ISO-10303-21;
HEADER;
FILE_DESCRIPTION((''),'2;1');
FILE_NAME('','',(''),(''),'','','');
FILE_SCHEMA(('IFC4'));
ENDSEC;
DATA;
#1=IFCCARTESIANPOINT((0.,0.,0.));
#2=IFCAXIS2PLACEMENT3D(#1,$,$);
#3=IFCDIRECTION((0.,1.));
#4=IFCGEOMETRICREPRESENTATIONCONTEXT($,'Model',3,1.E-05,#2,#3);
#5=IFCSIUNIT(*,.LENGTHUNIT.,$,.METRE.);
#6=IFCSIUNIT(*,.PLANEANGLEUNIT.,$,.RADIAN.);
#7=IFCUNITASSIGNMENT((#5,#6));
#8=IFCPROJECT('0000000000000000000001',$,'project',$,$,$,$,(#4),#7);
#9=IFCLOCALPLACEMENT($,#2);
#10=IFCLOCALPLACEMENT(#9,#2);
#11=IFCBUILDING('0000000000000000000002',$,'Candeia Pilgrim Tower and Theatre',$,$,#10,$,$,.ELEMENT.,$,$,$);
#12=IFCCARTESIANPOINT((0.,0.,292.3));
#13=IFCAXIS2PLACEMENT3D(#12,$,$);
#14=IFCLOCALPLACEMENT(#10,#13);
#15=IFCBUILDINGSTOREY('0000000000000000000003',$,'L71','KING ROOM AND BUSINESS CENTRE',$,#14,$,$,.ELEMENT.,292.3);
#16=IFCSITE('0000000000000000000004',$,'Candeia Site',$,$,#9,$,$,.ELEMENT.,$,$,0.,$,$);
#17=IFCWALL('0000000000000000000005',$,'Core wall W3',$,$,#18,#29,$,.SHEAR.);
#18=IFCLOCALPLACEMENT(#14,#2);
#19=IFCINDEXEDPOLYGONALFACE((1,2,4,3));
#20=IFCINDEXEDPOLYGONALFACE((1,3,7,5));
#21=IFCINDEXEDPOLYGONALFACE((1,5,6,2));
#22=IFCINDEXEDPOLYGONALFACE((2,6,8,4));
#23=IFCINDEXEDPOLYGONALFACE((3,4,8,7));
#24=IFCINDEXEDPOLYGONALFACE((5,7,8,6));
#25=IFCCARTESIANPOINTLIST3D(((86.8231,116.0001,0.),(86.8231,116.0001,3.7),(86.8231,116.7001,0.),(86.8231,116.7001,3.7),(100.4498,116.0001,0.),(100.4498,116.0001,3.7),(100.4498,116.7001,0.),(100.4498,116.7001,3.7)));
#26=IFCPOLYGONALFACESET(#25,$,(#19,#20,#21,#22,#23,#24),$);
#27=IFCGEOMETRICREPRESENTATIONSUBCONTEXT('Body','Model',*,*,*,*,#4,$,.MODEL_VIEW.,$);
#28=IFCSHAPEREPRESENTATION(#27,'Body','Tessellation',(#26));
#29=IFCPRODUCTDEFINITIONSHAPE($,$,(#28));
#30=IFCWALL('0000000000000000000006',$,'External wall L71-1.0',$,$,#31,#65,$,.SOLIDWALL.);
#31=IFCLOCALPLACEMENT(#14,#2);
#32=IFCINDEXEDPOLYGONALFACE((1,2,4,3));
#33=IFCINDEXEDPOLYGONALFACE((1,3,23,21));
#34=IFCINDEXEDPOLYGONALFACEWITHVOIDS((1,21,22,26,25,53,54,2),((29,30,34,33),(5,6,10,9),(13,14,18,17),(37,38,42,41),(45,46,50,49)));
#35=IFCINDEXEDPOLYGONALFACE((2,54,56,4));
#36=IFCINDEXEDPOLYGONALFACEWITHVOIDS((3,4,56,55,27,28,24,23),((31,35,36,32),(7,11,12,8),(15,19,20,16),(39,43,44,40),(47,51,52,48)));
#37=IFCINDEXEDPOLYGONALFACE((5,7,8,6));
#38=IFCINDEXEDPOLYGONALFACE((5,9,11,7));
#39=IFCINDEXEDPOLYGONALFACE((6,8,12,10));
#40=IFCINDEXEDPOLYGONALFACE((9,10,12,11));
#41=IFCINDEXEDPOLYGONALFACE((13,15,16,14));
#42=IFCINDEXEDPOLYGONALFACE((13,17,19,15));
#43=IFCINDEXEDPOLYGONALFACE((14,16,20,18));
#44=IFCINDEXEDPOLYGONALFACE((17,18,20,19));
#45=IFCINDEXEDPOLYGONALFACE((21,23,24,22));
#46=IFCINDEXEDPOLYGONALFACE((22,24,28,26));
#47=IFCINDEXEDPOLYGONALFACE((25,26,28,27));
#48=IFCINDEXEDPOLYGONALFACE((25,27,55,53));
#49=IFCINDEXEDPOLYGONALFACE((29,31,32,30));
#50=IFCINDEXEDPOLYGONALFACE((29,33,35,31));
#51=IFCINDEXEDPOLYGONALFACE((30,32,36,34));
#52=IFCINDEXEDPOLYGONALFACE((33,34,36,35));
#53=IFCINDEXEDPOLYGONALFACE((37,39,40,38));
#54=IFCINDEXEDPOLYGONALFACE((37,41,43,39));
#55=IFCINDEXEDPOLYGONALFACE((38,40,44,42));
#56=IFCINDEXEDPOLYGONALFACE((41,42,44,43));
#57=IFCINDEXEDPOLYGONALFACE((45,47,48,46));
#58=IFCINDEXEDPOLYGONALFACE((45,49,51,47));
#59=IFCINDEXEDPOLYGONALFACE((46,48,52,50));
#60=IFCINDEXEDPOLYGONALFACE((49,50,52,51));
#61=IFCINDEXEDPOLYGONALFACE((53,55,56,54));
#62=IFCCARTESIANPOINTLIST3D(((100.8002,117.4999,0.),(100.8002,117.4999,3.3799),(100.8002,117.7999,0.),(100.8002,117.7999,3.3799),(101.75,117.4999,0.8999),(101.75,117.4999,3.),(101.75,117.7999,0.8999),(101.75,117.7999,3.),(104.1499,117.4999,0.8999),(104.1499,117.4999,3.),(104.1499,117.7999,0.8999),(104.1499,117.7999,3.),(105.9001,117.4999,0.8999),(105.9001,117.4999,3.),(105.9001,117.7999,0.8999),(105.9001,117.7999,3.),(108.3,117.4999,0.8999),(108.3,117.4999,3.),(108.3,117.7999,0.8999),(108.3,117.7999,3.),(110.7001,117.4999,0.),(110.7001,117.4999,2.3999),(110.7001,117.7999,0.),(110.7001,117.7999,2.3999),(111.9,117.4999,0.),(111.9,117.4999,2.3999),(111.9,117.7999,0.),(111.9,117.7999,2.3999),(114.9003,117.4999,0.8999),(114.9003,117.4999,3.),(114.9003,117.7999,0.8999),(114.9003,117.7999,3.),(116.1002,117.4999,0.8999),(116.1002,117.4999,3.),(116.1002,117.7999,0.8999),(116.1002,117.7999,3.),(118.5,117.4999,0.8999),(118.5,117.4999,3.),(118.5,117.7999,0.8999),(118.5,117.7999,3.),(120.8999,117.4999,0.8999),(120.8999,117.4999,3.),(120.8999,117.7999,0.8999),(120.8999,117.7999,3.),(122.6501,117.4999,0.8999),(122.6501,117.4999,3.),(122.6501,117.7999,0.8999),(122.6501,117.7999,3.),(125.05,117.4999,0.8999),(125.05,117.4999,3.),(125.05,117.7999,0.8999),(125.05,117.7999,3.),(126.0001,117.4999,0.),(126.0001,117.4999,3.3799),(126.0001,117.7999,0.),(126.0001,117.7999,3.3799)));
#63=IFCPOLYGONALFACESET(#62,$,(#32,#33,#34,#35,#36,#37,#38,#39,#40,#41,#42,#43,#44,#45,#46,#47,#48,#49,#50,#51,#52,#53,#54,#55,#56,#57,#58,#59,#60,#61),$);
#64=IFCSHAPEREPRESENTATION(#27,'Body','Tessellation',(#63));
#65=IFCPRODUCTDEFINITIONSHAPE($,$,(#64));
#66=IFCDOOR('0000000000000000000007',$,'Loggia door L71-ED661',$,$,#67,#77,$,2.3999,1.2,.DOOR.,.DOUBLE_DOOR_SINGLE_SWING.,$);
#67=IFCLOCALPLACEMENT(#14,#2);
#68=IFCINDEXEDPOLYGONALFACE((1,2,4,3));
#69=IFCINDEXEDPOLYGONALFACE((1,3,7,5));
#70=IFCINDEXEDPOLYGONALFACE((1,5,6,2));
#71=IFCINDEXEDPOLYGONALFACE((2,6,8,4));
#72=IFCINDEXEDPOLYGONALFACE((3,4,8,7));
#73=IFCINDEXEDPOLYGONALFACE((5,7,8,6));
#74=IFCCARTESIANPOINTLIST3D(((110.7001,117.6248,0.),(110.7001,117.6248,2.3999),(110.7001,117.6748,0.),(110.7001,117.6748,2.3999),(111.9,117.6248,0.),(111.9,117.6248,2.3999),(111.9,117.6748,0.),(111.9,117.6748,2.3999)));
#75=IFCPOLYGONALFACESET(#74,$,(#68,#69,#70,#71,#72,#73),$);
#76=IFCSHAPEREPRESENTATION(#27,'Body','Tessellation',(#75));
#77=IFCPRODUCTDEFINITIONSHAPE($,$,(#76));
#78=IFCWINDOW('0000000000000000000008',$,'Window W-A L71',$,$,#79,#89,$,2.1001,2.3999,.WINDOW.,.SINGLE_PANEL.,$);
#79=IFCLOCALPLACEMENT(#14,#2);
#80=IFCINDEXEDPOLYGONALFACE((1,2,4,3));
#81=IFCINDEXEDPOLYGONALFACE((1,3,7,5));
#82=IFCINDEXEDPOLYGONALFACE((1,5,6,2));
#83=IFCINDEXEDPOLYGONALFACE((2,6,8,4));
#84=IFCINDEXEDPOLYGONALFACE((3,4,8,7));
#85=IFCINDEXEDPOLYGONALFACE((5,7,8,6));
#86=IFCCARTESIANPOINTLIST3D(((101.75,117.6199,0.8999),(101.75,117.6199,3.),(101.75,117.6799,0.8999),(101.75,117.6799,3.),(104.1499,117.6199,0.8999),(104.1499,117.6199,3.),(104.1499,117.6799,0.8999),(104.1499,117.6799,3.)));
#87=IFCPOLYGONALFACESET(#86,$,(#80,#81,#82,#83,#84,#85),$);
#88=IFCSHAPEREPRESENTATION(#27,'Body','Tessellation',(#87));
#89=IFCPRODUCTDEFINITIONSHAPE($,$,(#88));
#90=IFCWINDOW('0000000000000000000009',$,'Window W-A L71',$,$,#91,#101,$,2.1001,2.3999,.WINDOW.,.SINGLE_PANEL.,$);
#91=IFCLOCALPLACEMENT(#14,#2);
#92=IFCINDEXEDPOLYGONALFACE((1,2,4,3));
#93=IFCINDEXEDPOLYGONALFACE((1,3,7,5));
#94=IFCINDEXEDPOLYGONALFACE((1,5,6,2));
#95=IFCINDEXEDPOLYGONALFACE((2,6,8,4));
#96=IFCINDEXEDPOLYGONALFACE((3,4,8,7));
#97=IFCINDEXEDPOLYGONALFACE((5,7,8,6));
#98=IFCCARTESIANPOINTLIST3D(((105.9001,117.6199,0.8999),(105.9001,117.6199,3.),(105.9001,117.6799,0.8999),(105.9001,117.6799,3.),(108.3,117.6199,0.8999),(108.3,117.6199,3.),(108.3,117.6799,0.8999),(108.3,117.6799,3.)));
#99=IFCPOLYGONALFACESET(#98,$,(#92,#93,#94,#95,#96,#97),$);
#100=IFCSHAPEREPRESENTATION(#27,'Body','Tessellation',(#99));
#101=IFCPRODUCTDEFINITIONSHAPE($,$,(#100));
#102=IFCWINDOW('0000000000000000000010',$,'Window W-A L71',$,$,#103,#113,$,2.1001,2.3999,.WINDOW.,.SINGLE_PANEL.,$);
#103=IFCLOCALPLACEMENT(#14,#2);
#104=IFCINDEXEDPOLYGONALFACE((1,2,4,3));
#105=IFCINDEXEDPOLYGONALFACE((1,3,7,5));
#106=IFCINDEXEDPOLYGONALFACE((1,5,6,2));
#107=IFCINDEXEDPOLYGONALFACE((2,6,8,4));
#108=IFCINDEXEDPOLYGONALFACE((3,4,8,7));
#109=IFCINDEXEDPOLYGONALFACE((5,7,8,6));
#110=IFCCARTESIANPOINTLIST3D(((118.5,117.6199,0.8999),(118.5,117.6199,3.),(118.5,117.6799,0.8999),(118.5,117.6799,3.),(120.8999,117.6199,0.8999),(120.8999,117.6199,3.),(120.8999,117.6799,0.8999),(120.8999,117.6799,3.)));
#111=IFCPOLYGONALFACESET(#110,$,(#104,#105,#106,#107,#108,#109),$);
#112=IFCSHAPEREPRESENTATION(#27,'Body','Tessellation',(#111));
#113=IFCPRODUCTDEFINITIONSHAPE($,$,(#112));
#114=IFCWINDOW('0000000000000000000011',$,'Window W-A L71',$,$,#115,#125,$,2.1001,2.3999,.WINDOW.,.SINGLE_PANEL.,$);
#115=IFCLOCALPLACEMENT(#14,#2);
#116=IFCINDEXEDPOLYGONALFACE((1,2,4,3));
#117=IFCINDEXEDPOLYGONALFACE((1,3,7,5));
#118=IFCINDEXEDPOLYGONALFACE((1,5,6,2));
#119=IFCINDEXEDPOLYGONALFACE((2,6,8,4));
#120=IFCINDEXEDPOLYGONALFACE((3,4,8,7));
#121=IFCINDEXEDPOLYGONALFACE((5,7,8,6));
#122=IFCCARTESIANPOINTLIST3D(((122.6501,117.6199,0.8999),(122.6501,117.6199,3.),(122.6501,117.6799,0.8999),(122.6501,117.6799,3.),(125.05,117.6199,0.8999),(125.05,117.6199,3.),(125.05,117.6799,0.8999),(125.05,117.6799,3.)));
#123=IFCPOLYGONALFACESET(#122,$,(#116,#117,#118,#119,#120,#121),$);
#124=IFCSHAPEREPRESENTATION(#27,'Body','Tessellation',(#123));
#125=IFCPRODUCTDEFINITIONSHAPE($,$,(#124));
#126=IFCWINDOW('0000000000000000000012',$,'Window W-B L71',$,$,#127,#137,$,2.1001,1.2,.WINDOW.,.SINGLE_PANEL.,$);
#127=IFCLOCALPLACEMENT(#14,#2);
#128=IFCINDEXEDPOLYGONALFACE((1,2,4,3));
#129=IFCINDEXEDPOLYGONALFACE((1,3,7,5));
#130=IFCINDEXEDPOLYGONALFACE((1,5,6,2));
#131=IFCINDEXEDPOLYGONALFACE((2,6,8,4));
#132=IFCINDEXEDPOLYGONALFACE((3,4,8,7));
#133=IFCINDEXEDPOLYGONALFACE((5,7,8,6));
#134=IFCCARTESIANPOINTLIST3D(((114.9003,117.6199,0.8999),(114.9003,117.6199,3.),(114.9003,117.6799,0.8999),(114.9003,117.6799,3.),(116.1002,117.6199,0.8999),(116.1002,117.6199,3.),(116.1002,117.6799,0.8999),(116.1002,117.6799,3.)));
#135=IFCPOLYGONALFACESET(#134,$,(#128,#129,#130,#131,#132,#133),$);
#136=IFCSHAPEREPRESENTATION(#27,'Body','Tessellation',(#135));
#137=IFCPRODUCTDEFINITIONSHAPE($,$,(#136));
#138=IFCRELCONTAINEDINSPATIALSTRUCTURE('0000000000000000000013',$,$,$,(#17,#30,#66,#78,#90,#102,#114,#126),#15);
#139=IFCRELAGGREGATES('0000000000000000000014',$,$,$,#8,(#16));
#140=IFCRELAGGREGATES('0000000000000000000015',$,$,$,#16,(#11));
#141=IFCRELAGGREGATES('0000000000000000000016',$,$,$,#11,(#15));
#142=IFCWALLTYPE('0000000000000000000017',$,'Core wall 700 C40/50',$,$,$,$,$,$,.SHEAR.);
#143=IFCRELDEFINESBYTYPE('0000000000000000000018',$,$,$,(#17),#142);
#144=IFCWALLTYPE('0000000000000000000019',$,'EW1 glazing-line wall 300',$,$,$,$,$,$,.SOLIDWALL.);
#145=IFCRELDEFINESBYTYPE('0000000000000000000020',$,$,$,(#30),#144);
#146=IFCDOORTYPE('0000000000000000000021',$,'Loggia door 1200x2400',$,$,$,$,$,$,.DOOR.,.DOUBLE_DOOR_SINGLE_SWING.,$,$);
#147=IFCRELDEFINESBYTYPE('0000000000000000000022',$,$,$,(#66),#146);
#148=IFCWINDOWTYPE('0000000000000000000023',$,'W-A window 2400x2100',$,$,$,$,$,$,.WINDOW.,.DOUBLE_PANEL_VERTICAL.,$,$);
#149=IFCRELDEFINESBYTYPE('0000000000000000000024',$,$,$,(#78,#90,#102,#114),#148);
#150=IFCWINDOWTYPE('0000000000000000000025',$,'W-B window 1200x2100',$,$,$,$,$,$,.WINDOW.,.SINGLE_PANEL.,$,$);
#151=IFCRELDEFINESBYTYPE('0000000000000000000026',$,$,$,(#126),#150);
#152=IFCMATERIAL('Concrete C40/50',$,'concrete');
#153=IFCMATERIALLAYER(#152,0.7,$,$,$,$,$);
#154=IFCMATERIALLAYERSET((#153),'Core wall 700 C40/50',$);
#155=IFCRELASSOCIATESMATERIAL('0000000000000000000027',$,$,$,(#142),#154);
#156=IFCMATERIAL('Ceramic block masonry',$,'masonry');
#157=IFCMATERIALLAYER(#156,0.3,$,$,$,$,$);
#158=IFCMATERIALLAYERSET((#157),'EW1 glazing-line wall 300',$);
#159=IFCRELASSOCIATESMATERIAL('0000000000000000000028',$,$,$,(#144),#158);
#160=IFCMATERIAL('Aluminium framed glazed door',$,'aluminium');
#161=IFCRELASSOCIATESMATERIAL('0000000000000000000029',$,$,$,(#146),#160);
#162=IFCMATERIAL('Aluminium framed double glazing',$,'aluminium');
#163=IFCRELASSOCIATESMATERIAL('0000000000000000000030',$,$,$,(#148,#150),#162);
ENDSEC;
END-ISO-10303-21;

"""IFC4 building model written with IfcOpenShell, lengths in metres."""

from ifc_helpers import new_model, si_unit, direction, frame, frame_2d, origin, place, context, subcontext, project, spatial, rectangle, extrude, material, layer, layer_set, type_object, element, fill, save


model = new_model("IFC4")

# Units and contexts
model_context = context("Model", 3, precision=1e-05, world=origin(), true_north=direction((0.0, 1.0)))
body_context = subcontext(model_context, "Body", "Model", "MODEL_VIEW")
ifc_project = project(units=[si_unit("LENGTHUNIT", "METRE"), si_unit("PLANEANGLEUNIT", "RADIAN")], contexts=[model_context])

# Site, building, storey
site_placement = place(None, origin())
site = spatial("IfcSite", under=ifc_project, at=site_placement, Name="Candeia Site", CompositionType="ELEMENT", RefElevation=0.0)
building_placement = place(site_placement, origin())
building = spatial("IfcBuilding", under=site, at=building_placement, Name="Candeia Pilgrim Tower and Theatre", CompositionType="ELEMENT")
storey_placement = place(building_placement, frame((0.0, 0.0, 292.3)))
storey = spatial("IfcBuildingStorey", under=building, at=storey_placement, Name="L71", Description="KING ROOM AND BUSINESS CENTRE", CompositionType="ELEMENT", Elevation=292.3)

# Wall
ifc_material_1 = material(Name="Concrete C40/50", Category="concrete")
ifc_layer_1 = layer(ifc_material_1, 0.7)
ifc_layer_set_1 = layer_set([ifc_layer_1], Name="Core wall 700 C40/50")
wall_type_1 = type_object("IfcWallType", Name="Core wall 700 C40/50", PredefinedType="SHEAR", material=ifc_layer_set_1)
wall_1_placement = place(storey_placement, frame((100.45, 116.3501, 0.0), z_axis=(0.0, 0.0, 1.0), x_axis=(-1.0, 0.0, 0.0)))
element("IfcWall", 1, at=wall_1_placement, inside=storey, type_object=wall_type_1, Name="Core wall W3", PredefinedType="SHEAR", context=body_context, shape_type="SweptSolid", body=[
    extrude(rectangle(XDim=13.6267, YDim=0.7, at=frame_2d((6.8135, 0.0))), origin(), (0.0, 0.0, 1.0), 3.7),
])

# Wall, openings, door, windows
ifc_material_2 = material(Name="Ceramic block masonry", Category="masonry")
ifc_layer_2 = layer(ifc_material_2, 0.3)
ifc_layer_set_2 = layer_set([ifc_layer_2], Name="EW1 glazing-line wall 300")
wall_type_2 = type_object("IfcWallType", Name="EW1 glazing-line wall 300", PredefinedType="SOLIDWALL", material=ifc_layer_set_2)
wall_2_placement = place(storey_placement, frame((100.8, 117.6499, 0.0), z_axis=(0.0, 0.0, 1.0), x_axis=(1.0, 0.0, 0.0)))
wall_2 = element("IfcWall", 2, at=wall_2_placement, inside=storey, type_object=wall_type_2, Name="External wall L71-1.0", PredefinedType="SOLIDWALL", context=body_context, shape_type="SweptSolid", body=[
    extrude(rectangle(XDim=25.2, YDim=0.3, at=frame_2d((12.6001, 0.0))), origin(), (0.0, 0.0, 1.0), 3.3799),
])
opening_1_placement = place(wall_2_placement, frame((0.95, 0.0, 0.8999)))
opening_1 = element("IfcOpeningElement", 3, at=opening_1_placement, cuts=wall_2, PredefinedType="OPENING", context=body_context, shape_type="SweptSolid", body=[
    extrude(rectangle(XDim=2.3999, YDim=2.1001, at=frame_2d((1.2, 1.05))), frame((0.0, 0.1602, 0.0), z_axis=(0.0, -1.0, 0.0), x_axis=(1.0, 0.0, 0.0)), (0.0, 0.0, 1.0), 0.3201),
])
opening_2_placement = place(wall_2_placement, frame((5.1001, 0.0, 0.8999)))
opening_2 = element("IfcOpeningElement", 4, at=opening_2_placement, cuts=wall_2, PredefinedType="OPENING", context=body_context, shape_type="SweptSolid", body=[
    extrude(rectangle(XDim=2.3999, YDim=2.1001, at=frame_2d((1.2, 1.05))), frame((0.0, 0.1602, 0.0), z_axis=(0.0, -1.0, 0.0), x_axis=(1.0, 0.0, 0.0)), (0.0, 0.0, 1.0), 0.3201),
])
opening_3_placement = place(wall_2_placement, frame((9.8999, 0.0, 0.0)))
opening_3 = element("IfcOpeningElement", 5, at=opening_3_placement, cuts=wall_2, PredefinedType="OPENING", context=body_context, shape_type="SweptSolid", body=[
    extrude(rectangle(XDim=1.2, YDim=2.3999, at=frame_2d((0.6001, 1.2))), frame((0.0, 0.1602, 0.0), z_axis=(0.0, -1.0, 0.0), x_axis=(1.0, 0.0, 0.0)), (0.0, 0.0, 1.0), 0.3201),
])
opening_4_placement = place(wall_2_placement, frame((14.1001, 0.0, 0.8999)))
opening_4 = element("IfcOpeningElement", 6, at=opening_4_placement, cuts=wall_2, PredefinedType="OPENING", context=body_context, shape_type="SweptSolid", body=[
    extrude(rectangle(XDim=1.2, YDim=2.1001, at=frame_2d((0.6001, 1.05))), frame((0.0, 0.1602, 0.0), z_axis=(0.0, -1.0, 0.0), x_axis=(1.0, 0.0, 0.0)), (0.0, 0.0, 1.0), 0.3201),
])
opening_5_placement = place(wall_2_placement, frame((17.7, 0.0, 0.8999)))
opening_5 = element("IfcOpeningElement", 7, at=opening_5_placement, cuts=wall_2, PredefinedType="OPENING", context=body_context, shape_type="SweptSolid", body=[
    extrude(rectangle(XDim=2.3999, YDim=2.1001, at=frame_2d((1.2, 1.05))), frame((0.0, 0.1602, 0.0), z_axis=(0.0, -1.0, 0.0), x_axis=(1.0, 0.0, 0.0)), (0.0, 0.0, 1.0), 0.3201),
])
opening_6_placement = place(wall_2_placement, frame((21.8501, 0.0, 0.8999)))
opening_6 = element("IfcOpeningElement", 8, at=opening_6_placement, cuts=wall_2, PredefinedType="OPENING", context=body_context, shape_type="SweptSolid", body=[
    extrude(rectangle(XDim=2.3999, YDim=2.1001, at=frame_2d((1.2, 1.05))), frame((0.0, 0.1602, 0.0), z_axis=(0.0, -1.0, 0.0), x_axis=(1.0, 0.0, 0.0)), (0.0, 0.0, 1.0), 0.3201),
])
ifc_material_3 = material(Name="Aluminium framed glazed door", Category="aluminium")
door_type_1 = type_object("IfcDoorType", Name="Loggia door 1200x2400", OperationType="DOUBLE_DOOR_SINGLE_SWING", PredefinedType="DOOR", material=ifc_material_3)
door_1_placement = place(opening_3_placement, origin())
door_1 = element("IfcDoor", 9, at=door_1_placement, inside=storey, type_object=door_type_1, Name="Loggia door L71-ED661", OperationType="DOUBLE_DOOR_SINGLE_SWING", OverallHeight=2.3999, OverallWidth=1.2, PredefinedType="DOOR", context=body_context, shape_type="SweptSolid", body=[
    extrude(rectangle(XDim=1.2, YDim=2.3999, at=frame_2d((0.6001, 1.2))), frame((0.0, 0.0249, 0.0), z_axis=(0.0, -1.0, 0.0), x_axis=(1.0, 0.0, 0.0)), (0.0, 0.0, 1.0), 0.05),
])
fill(opening_3, door_1)
ifc_material_4 = material(Name="Aluminium framed double glazing", Category="aluminium")
window_type_1 = type_object("IfcWindowType", Name="W-A window 2400x2100", PartitioningType="DOUBLE_PANEL_VERTICAL", PredefinedType="WINDOW", material=ifc_material_4)
window_1_placement = place(opening_1_placement, origin())
window_1 = element("IfcWindow", 10, at=window_1_placement, inside=storey, type_object=window_type_1, Name="Window W-A L71", OverallHeight=2.1001, OverallWidth=2.3999, PartitioningType="SINGLE_PANEL", PredefinedType="WINDOW", context=body_context, shape_type="SweptSolid", body=[
    extrude(rectangle(XDim=2.3999, YDim=2.1001, at=frame_2d((1.2, 1.05))), frame((0.0, 0.03, 0.0), z_axis=(0.0, -1.0, 0.0), x_axis=(1.0, 0.0, 0.0)), (0.0, 0.0, 1.0), 0.0601),
])
fill(opening_1, window_1)
window_2_placement = place(opening_2_placement, origin())
window_2 = element("IfcWindow", 11, at=window_2_placement, inside=storey, type_object=window_type_1, Name="Window W-A L71", OverallHeight=2.1001, OverallWidth=2.3999, PartitioningType="SINGLE_PANEL", PredefinedType="WINDOW", context=body_context, shape_type="SweptSolid", body=[
    extrude(rectangle(XDim=2.3999, YDim=2.1001, at=frame_2d((1.2, 1.05))), frame((0.0, 0.03, 0.0), z_axis=(0.0, -1.0, 0.0), x_axis=(1.0, 0.0, 0.0)), (0.0, 0.0, 1.0), 0.0601),
])
fill(opening_2, window_2)
window_3_placement = place(opening_5_placement, origin())
window_3 = element("IfcWindow", 12, at=window_3_placement, inside=storey, type_object=window_type_1, Name="Window W-A L71", OverallHeight=2.1001, OverallWidth=2.3999, PartitioningType="SINGLE_PANEL", PredefinedType="WINDOW", context=body_context, shape_type="SweptSolid", body=[
    extrude(rectangle(XDim=2.3999, YDim=2.1001, at=frame_2d((1.2, 1.05))), frame((0.0, 0.03, 0.0), z_axis=(0.0, -1.0, 0.0), x_axis=(1.0, 0.0, 0.0)), (0.0, 0.0, 1.0), 0.0601),
])
fill(opening_5, window_3)
window_4_placement = place(opening_6_placement, origin())
window_4 = element("IfcWindow", 13, at=window_4_placement, inside=storey, type_object=window_type_1, Name="Window W-A L71", OverallHeight=2.1001, OverallWidth=2.3999, PartitioningType="SINGLE_PANEL", PredefinedType="WINDOW", context=body_context, shape_type="SweptSolid", body=[
    extrude(rectangle(XDim=2.3999, YDim=2.1001, at=frame_2d((1.2, 1.05))), frame((0.0, 0.03, 0.0), z_axis=(0.0, -1.0, 0.0), x_axis=(1.0, 0.0, 0.0)), (0.0, 0.0, 1.0), 0.0601),
])
fill(opening_6, window_4)
window_type_2 = type_object("IfcWindowType", Name="W-B window 1200x2100", PartitioningType="SINGLE_PANEL", PredefinedType="WINDOW", material=ifc_material_4)
window_5_placement = place(opening_4_placement, origin())
window_5 = element("IfcWindow", 14, at=window_5_placement, inside=storey, type_object=window_type_2, Name="Window W-B L71", OverallHeight=2.1001, OverallWidth=1.2, PartitioningType="SINGLE_PANEL", PredefinedType="WINDOW", context=body_context, shape_type="SweptSolid", body=[
    extrude(rectangle(XDim=1.2, YDim=2.1001, at=frame_2d((0.6001, 1.05))), frame((0.0, 0.03, 0.0), z_axis=(0.0, -1.0, 0.0), x_axis=(1.0, 0.0, 0.0)), (0.0, 0.0, 1.0), 0.0601),
])
fill(opening_4, window_5)

save(model, "model.ifc")
